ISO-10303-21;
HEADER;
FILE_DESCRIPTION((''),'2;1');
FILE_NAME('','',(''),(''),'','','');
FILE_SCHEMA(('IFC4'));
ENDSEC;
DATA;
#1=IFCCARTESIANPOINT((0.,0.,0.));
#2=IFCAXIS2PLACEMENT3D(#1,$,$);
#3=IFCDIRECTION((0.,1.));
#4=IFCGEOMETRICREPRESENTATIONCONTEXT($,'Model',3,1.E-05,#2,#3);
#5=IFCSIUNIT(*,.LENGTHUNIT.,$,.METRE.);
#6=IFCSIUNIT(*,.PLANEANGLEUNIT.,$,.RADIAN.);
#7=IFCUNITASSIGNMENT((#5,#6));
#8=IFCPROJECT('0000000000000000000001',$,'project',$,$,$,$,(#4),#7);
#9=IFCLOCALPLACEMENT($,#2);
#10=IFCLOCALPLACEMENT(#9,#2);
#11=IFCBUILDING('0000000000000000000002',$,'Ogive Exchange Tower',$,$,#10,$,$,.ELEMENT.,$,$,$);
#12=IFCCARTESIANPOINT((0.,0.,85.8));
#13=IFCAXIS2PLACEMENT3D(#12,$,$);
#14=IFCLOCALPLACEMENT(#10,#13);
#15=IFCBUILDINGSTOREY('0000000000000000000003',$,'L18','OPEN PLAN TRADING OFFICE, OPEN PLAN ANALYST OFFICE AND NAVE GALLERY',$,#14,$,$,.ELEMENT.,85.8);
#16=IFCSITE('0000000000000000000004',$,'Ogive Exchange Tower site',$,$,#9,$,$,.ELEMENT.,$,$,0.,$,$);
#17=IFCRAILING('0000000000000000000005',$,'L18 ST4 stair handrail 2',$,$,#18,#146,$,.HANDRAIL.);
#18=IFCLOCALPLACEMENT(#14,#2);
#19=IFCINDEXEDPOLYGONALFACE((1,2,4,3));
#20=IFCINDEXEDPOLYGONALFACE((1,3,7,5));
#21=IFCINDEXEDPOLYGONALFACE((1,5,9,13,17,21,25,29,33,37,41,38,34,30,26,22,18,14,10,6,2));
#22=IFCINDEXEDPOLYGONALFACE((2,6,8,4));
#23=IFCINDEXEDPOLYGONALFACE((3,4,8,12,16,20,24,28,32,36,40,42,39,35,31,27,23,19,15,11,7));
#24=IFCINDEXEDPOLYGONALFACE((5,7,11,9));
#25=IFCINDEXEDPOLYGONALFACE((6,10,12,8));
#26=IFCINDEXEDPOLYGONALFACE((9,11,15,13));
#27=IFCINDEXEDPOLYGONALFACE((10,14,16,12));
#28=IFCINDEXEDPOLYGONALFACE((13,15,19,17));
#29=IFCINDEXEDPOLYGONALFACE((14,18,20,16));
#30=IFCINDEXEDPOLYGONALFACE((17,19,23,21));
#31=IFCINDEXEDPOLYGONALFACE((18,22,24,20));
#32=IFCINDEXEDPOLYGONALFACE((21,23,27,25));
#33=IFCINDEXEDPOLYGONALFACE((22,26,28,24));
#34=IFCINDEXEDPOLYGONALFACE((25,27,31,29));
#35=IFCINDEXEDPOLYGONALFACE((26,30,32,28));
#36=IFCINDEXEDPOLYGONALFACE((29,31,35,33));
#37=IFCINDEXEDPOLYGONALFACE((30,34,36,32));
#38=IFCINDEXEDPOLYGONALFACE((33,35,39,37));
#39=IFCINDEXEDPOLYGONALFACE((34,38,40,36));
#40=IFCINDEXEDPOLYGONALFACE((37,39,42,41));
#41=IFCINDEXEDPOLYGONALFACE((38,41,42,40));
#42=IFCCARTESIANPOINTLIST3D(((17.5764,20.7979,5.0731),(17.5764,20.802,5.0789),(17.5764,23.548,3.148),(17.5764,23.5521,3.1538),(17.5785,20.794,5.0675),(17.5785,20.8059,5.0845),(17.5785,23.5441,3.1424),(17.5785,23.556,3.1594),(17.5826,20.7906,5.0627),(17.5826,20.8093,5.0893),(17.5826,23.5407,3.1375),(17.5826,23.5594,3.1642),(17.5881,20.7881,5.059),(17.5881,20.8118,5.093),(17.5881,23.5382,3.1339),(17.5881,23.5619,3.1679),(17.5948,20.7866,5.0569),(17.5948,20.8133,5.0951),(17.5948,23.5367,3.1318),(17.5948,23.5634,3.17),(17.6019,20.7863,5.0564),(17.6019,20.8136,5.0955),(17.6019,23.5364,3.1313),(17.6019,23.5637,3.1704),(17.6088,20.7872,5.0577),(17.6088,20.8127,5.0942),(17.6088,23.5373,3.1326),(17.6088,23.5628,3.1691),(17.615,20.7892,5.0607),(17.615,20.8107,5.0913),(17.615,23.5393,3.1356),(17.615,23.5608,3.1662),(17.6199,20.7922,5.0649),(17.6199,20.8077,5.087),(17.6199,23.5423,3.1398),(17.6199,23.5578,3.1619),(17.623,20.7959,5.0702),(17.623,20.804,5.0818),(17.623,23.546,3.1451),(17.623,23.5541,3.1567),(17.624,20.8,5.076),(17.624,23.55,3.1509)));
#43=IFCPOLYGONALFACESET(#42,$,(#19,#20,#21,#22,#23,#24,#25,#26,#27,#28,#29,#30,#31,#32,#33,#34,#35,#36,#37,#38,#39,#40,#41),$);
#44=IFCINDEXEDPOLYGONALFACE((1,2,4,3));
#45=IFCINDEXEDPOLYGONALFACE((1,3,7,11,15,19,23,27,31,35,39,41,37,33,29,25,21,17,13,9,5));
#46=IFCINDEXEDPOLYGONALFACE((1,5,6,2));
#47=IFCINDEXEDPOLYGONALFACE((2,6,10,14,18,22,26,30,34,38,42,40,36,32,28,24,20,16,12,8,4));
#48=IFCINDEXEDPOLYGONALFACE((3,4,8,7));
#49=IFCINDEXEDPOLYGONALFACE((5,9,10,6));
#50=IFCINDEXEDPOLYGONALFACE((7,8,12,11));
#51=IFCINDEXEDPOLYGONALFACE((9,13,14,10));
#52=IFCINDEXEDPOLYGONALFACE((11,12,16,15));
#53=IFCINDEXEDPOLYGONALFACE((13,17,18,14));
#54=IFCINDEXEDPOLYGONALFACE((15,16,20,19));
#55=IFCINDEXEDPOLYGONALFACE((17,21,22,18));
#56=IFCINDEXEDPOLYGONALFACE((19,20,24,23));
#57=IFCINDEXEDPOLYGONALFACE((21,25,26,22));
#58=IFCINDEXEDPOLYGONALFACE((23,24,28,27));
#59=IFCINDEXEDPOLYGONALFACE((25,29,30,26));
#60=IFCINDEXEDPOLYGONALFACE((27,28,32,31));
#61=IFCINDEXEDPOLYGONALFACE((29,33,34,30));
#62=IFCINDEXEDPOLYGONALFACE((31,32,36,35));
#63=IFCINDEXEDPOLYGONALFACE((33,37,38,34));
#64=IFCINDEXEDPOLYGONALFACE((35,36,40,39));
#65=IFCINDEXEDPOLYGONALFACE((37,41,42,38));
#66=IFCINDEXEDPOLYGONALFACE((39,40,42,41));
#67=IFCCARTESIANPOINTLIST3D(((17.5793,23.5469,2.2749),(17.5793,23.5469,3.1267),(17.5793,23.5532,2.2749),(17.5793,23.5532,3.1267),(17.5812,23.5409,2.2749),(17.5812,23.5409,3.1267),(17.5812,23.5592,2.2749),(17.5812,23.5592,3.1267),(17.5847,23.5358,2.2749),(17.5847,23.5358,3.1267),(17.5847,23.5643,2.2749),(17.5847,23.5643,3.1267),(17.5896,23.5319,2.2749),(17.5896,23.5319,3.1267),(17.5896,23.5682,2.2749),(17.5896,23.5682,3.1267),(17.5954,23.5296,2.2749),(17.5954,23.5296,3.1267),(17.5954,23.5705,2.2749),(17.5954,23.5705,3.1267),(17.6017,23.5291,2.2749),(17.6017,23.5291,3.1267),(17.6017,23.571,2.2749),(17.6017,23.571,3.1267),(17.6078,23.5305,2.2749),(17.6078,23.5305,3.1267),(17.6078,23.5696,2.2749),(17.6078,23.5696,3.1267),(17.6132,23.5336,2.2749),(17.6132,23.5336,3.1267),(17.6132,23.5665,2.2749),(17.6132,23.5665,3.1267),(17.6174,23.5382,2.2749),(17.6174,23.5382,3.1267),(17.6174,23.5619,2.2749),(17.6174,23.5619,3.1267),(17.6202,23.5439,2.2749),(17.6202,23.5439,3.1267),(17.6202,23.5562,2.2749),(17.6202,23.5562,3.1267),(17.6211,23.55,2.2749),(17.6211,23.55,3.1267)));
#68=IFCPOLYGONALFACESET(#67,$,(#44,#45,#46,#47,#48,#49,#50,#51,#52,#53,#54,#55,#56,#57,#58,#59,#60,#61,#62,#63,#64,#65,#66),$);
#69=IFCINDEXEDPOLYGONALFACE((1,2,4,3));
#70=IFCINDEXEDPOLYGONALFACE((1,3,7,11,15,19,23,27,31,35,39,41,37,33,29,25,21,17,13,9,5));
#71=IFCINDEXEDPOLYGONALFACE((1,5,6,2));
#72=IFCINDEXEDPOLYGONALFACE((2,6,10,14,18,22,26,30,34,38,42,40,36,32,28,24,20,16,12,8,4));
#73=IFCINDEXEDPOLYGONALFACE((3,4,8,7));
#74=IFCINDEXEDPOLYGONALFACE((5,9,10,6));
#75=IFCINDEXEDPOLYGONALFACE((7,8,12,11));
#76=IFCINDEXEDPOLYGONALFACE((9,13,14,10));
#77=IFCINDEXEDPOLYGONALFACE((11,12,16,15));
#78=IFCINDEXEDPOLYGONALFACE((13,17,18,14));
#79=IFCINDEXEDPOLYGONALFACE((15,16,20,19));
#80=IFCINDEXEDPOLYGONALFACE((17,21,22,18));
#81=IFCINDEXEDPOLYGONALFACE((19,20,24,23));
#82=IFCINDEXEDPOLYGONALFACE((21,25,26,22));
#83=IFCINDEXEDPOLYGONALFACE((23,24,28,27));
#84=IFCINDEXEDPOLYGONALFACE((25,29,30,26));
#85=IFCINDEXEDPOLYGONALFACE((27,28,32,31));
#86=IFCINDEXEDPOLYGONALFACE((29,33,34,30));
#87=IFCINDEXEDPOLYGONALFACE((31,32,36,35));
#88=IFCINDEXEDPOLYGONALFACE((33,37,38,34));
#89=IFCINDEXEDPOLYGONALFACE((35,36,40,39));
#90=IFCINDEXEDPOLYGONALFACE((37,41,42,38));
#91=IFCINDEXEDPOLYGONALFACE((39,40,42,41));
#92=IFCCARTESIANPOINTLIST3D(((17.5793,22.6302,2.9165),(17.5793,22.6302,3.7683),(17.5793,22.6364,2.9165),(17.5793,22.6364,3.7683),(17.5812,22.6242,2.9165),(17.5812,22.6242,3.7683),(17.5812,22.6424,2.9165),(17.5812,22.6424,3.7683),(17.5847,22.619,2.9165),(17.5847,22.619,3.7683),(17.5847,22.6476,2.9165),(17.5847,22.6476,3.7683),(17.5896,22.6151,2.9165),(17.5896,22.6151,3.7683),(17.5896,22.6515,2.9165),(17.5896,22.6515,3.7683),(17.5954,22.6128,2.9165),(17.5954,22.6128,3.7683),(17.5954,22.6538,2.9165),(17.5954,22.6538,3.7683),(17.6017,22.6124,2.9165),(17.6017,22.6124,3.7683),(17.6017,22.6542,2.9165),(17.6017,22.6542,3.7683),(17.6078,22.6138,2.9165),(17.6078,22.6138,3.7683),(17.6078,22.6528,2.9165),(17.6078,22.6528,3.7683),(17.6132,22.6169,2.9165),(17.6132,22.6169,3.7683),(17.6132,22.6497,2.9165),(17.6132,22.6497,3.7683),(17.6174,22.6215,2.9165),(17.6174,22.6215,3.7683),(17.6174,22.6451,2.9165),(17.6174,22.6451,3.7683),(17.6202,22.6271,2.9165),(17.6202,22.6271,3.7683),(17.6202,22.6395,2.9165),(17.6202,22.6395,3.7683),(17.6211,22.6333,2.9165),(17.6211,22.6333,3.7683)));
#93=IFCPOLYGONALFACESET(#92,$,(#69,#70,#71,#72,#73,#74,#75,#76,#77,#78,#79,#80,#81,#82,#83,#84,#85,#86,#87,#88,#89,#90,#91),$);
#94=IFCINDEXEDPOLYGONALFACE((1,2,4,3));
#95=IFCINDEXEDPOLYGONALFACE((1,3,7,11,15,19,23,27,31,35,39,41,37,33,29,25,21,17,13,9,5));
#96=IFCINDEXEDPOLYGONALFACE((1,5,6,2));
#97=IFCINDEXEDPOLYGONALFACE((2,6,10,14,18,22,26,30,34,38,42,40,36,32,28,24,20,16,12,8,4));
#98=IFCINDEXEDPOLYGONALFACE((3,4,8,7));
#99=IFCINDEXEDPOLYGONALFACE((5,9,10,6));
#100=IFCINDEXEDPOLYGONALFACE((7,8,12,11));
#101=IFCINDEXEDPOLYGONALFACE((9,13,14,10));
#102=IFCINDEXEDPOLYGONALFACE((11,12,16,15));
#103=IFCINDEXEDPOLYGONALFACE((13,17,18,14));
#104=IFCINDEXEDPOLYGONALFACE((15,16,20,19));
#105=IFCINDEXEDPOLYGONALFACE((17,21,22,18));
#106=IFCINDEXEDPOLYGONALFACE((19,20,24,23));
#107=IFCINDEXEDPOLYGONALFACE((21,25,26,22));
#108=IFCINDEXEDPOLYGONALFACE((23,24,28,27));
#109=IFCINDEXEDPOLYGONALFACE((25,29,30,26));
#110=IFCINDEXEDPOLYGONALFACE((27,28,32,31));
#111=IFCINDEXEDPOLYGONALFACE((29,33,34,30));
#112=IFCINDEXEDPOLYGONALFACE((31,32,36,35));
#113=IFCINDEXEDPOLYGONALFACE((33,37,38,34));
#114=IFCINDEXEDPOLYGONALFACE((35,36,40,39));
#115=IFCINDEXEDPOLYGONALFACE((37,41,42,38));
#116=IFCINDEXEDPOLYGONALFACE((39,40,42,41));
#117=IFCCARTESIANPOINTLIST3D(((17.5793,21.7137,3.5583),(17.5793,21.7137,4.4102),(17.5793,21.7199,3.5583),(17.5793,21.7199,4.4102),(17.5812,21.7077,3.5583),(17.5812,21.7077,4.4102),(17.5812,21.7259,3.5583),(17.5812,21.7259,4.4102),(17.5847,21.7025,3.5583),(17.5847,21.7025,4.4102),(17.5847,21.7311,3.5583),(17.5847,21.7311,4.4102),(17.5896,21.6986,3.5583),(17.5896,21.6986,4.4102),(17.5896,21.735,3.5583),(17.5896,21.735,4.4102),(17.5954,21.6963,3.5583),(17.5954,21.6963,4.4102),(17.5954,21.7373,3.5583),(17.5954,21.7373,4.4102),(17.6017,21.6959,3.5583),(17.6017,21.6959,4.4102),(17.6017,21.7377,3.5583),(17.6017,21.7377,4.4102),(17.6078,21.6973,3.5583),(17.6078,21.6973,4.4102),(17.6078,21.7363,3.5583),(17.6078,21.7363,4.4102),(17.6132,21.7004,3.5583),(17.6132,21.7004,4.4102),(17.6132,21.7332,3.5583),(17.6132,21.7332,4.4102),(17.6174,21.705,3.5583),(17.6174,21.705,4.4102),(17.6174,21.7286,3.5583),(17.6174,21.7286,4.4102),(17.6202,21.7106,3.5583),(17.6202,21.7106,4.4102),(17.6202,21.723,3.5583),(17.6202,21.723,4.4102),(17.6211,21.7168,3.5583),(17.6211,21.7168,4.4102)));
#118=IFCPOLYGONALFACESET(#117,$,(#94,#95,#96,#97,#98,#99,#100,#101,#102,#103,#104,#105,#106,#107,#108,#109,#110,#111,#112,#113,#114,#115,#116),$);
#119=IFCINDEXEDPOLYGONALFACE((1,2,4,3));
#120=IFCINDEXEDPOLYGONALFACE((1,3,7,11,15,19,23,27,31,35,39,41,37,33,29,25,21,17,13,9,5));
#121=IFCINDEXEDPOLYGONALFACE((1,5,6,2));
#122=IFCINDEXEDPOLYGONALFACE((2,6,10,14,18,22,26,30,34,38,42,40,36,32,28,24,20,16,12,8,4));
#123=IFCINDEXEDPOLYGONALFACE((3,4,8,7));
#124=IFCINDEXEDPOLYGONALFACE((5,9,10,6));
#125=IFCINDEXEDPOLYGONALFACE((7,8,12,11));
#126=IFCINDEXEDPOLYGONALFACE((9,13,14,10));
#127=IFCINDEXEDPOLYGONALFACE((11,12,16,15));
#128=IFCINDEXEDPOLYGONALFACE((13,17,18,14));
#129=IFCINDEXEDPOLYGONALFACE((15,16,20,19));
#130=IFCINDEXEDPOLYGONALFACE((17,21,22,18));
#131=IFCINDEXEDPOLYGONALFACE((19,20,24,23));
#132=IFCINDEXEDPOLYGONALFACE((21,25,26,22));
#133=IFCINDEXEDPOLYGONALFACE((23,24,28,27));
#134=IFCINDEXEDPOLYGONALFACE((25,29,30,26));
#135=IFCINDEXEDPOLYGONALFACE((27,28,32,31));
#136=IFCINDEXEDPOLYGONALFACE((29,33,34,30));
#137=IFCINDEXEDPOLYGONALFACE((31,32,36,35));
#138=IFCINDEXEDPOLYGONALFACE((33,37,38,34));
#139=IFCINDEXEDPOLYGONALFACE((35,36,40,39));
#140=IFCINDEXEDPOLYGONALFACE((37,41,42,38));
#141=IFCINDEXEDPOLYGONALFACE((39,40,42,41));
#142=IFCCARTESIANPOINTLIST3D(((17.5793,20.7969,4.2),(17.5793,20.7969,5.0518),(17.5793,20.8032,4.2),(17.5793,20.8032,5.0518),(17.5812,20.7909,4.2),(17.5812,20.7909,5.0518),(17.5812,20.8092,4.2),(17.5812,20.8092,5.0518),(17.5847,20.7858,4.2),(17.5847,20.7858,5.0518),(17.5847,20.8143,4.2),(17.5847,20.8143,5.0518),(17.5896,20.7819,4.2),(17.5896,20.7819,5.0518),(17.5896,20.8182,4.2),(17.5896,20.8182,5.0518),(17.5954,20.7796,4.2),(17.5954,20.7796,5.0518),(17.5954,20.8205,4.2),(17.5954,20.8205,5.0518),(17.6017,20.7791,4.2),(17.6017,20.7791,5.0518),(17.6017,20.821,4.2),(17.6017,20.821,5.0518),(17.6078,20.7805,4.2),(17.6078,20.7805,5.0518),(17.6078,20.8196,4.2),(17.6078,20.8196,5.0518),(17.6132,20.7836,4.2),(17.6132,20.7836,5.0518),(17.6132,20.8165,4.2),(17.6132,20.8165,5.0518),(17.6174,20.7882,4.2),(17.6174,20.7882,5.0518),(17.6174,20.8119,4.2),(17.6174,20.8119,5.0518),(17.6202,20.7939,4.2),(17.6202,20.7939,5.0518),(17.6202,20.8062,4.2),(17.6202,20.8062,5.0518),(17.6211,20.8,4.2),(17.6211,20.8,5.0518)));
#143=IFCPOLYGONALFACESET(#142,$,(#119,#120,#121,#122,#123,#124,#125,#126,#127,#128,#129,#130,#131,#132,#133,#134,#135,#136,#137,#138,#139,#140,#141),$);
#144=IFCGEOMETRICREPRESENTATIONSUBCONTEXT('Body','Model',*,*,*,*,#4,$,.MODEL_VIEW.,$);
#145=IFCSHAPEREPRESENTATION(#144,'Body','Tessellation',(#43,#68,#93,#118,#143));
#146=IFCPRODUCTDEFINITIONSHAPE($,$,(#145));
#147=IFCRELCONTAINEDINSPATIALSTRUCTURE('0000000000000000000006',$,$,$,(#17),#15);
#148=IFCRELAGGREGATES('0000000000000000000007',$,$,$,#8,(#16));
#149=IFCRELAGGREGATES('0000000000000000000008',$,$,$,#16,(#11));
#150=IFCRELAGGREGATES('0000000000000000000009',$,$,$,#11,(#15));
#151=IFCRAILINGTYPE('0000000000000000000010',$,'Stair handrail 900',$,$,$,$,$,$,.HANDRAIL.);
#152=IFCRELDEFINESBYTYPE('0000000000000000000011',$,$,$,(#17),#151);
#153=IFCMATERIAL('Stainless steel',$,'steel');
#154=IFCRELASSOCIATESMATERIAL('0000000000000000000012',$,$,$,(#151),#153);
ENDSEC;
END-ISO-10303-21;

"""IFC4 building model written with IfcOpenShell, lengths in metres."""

from ifc_helpers import new_model, si_unit, direction, frame, origin, origin_2d, place, context, subcontext, project, spatial, circle, extrude, material, type_object, element, save


model = new_model("IFC4")

# Units and contexts
model_context = context("Model", 3, precision=1e-05, world=origin(), true_north=direction((0.0, 1.0)))
body_context = subcontext(model_context, "Body", "Model", "MODEL_VIEW")
ifc_project = project(units=[si_unit("LENGTHUNIT", "METRE"), si_unit("PLANEANGLEUNIT", "RADIAN")], contexts=[model_context])

# Site, building, storey
site_placement = place(None, origin())
site = spatial("IfcSite", under=ifc_project, at=site_placement, Name="Ogive Exchange Tower site", CompositionType="ELEMENT", RefElevation=0.0)
building_placement = place(site_placement, origin())
building = spatial("IfcBuilding", under=site, at=building_placement, Name="Ogive Exchange Tower", CompositionType="ELEMENT")
storey_placement = place(building_placement, frame((0.0, 0.0, 85.8)))
storey = spatial("IfcBuildingStorey", under=building, at=storey_placement, Name="L18", Description="OPEN PLAN TRADING OFFICE, OPEN PLAN ANALYST OFFICE AND NAVE GALLERY", CompositionType="ELEMENT", Elevation=85.8)

# Railing
ifc_material_1 = material(Name="Stainless steel", Category="steel")
railing_type = type_object("IfcRailingType", Name="Stair handrail 900", PredefinedType="HANDRAIL", material=ifc_material_1)
railing_1_placement = place(storey_placement, frame((17.6001, 23.55, 2.2749)))
element("IfcRailing", 1, at=railing_1_placement, inside=storey, type_object=railing_type, Name="L18 ST4 stair handrail 2", PredefinedType="HANDRAIL", context=body_context, shape_type="SweptSolid", body=[
    extrude(circle(Radius=0.0239, at=origin_2d()), frame((0.0, 0.0, 0.876), z_axis=(0.0, -0.819225, 0.573472), x_axis=(1.0, 0.0, 0.0)), (0.0, 0.0, 1.0), 3.3569),
    extrude(circle(Radius=0.021, at=origin_2d()), origin(), (0.0, 0.0, 1.0), 0.8518),
    extrude(circle(Radius=0.021, at=origin_2d()), frame((0.0, -0.9167, 0.6416)), (0.0, 0.0, 1.0), 0.8518),
    extrude(circle(Radius=0.021, at=origin_2d()), frame((0.0, -1.8333, 1.2834)), (0.0, 0.0, 1.0), 0.8518),
    extrude(circle(Radius=0.021, at=origin_2d()), frame((0.0, -2.75, 1.925)), (0.0, 0.0, 1.0), 0.8518),
])

save(model, "model.ifc")
